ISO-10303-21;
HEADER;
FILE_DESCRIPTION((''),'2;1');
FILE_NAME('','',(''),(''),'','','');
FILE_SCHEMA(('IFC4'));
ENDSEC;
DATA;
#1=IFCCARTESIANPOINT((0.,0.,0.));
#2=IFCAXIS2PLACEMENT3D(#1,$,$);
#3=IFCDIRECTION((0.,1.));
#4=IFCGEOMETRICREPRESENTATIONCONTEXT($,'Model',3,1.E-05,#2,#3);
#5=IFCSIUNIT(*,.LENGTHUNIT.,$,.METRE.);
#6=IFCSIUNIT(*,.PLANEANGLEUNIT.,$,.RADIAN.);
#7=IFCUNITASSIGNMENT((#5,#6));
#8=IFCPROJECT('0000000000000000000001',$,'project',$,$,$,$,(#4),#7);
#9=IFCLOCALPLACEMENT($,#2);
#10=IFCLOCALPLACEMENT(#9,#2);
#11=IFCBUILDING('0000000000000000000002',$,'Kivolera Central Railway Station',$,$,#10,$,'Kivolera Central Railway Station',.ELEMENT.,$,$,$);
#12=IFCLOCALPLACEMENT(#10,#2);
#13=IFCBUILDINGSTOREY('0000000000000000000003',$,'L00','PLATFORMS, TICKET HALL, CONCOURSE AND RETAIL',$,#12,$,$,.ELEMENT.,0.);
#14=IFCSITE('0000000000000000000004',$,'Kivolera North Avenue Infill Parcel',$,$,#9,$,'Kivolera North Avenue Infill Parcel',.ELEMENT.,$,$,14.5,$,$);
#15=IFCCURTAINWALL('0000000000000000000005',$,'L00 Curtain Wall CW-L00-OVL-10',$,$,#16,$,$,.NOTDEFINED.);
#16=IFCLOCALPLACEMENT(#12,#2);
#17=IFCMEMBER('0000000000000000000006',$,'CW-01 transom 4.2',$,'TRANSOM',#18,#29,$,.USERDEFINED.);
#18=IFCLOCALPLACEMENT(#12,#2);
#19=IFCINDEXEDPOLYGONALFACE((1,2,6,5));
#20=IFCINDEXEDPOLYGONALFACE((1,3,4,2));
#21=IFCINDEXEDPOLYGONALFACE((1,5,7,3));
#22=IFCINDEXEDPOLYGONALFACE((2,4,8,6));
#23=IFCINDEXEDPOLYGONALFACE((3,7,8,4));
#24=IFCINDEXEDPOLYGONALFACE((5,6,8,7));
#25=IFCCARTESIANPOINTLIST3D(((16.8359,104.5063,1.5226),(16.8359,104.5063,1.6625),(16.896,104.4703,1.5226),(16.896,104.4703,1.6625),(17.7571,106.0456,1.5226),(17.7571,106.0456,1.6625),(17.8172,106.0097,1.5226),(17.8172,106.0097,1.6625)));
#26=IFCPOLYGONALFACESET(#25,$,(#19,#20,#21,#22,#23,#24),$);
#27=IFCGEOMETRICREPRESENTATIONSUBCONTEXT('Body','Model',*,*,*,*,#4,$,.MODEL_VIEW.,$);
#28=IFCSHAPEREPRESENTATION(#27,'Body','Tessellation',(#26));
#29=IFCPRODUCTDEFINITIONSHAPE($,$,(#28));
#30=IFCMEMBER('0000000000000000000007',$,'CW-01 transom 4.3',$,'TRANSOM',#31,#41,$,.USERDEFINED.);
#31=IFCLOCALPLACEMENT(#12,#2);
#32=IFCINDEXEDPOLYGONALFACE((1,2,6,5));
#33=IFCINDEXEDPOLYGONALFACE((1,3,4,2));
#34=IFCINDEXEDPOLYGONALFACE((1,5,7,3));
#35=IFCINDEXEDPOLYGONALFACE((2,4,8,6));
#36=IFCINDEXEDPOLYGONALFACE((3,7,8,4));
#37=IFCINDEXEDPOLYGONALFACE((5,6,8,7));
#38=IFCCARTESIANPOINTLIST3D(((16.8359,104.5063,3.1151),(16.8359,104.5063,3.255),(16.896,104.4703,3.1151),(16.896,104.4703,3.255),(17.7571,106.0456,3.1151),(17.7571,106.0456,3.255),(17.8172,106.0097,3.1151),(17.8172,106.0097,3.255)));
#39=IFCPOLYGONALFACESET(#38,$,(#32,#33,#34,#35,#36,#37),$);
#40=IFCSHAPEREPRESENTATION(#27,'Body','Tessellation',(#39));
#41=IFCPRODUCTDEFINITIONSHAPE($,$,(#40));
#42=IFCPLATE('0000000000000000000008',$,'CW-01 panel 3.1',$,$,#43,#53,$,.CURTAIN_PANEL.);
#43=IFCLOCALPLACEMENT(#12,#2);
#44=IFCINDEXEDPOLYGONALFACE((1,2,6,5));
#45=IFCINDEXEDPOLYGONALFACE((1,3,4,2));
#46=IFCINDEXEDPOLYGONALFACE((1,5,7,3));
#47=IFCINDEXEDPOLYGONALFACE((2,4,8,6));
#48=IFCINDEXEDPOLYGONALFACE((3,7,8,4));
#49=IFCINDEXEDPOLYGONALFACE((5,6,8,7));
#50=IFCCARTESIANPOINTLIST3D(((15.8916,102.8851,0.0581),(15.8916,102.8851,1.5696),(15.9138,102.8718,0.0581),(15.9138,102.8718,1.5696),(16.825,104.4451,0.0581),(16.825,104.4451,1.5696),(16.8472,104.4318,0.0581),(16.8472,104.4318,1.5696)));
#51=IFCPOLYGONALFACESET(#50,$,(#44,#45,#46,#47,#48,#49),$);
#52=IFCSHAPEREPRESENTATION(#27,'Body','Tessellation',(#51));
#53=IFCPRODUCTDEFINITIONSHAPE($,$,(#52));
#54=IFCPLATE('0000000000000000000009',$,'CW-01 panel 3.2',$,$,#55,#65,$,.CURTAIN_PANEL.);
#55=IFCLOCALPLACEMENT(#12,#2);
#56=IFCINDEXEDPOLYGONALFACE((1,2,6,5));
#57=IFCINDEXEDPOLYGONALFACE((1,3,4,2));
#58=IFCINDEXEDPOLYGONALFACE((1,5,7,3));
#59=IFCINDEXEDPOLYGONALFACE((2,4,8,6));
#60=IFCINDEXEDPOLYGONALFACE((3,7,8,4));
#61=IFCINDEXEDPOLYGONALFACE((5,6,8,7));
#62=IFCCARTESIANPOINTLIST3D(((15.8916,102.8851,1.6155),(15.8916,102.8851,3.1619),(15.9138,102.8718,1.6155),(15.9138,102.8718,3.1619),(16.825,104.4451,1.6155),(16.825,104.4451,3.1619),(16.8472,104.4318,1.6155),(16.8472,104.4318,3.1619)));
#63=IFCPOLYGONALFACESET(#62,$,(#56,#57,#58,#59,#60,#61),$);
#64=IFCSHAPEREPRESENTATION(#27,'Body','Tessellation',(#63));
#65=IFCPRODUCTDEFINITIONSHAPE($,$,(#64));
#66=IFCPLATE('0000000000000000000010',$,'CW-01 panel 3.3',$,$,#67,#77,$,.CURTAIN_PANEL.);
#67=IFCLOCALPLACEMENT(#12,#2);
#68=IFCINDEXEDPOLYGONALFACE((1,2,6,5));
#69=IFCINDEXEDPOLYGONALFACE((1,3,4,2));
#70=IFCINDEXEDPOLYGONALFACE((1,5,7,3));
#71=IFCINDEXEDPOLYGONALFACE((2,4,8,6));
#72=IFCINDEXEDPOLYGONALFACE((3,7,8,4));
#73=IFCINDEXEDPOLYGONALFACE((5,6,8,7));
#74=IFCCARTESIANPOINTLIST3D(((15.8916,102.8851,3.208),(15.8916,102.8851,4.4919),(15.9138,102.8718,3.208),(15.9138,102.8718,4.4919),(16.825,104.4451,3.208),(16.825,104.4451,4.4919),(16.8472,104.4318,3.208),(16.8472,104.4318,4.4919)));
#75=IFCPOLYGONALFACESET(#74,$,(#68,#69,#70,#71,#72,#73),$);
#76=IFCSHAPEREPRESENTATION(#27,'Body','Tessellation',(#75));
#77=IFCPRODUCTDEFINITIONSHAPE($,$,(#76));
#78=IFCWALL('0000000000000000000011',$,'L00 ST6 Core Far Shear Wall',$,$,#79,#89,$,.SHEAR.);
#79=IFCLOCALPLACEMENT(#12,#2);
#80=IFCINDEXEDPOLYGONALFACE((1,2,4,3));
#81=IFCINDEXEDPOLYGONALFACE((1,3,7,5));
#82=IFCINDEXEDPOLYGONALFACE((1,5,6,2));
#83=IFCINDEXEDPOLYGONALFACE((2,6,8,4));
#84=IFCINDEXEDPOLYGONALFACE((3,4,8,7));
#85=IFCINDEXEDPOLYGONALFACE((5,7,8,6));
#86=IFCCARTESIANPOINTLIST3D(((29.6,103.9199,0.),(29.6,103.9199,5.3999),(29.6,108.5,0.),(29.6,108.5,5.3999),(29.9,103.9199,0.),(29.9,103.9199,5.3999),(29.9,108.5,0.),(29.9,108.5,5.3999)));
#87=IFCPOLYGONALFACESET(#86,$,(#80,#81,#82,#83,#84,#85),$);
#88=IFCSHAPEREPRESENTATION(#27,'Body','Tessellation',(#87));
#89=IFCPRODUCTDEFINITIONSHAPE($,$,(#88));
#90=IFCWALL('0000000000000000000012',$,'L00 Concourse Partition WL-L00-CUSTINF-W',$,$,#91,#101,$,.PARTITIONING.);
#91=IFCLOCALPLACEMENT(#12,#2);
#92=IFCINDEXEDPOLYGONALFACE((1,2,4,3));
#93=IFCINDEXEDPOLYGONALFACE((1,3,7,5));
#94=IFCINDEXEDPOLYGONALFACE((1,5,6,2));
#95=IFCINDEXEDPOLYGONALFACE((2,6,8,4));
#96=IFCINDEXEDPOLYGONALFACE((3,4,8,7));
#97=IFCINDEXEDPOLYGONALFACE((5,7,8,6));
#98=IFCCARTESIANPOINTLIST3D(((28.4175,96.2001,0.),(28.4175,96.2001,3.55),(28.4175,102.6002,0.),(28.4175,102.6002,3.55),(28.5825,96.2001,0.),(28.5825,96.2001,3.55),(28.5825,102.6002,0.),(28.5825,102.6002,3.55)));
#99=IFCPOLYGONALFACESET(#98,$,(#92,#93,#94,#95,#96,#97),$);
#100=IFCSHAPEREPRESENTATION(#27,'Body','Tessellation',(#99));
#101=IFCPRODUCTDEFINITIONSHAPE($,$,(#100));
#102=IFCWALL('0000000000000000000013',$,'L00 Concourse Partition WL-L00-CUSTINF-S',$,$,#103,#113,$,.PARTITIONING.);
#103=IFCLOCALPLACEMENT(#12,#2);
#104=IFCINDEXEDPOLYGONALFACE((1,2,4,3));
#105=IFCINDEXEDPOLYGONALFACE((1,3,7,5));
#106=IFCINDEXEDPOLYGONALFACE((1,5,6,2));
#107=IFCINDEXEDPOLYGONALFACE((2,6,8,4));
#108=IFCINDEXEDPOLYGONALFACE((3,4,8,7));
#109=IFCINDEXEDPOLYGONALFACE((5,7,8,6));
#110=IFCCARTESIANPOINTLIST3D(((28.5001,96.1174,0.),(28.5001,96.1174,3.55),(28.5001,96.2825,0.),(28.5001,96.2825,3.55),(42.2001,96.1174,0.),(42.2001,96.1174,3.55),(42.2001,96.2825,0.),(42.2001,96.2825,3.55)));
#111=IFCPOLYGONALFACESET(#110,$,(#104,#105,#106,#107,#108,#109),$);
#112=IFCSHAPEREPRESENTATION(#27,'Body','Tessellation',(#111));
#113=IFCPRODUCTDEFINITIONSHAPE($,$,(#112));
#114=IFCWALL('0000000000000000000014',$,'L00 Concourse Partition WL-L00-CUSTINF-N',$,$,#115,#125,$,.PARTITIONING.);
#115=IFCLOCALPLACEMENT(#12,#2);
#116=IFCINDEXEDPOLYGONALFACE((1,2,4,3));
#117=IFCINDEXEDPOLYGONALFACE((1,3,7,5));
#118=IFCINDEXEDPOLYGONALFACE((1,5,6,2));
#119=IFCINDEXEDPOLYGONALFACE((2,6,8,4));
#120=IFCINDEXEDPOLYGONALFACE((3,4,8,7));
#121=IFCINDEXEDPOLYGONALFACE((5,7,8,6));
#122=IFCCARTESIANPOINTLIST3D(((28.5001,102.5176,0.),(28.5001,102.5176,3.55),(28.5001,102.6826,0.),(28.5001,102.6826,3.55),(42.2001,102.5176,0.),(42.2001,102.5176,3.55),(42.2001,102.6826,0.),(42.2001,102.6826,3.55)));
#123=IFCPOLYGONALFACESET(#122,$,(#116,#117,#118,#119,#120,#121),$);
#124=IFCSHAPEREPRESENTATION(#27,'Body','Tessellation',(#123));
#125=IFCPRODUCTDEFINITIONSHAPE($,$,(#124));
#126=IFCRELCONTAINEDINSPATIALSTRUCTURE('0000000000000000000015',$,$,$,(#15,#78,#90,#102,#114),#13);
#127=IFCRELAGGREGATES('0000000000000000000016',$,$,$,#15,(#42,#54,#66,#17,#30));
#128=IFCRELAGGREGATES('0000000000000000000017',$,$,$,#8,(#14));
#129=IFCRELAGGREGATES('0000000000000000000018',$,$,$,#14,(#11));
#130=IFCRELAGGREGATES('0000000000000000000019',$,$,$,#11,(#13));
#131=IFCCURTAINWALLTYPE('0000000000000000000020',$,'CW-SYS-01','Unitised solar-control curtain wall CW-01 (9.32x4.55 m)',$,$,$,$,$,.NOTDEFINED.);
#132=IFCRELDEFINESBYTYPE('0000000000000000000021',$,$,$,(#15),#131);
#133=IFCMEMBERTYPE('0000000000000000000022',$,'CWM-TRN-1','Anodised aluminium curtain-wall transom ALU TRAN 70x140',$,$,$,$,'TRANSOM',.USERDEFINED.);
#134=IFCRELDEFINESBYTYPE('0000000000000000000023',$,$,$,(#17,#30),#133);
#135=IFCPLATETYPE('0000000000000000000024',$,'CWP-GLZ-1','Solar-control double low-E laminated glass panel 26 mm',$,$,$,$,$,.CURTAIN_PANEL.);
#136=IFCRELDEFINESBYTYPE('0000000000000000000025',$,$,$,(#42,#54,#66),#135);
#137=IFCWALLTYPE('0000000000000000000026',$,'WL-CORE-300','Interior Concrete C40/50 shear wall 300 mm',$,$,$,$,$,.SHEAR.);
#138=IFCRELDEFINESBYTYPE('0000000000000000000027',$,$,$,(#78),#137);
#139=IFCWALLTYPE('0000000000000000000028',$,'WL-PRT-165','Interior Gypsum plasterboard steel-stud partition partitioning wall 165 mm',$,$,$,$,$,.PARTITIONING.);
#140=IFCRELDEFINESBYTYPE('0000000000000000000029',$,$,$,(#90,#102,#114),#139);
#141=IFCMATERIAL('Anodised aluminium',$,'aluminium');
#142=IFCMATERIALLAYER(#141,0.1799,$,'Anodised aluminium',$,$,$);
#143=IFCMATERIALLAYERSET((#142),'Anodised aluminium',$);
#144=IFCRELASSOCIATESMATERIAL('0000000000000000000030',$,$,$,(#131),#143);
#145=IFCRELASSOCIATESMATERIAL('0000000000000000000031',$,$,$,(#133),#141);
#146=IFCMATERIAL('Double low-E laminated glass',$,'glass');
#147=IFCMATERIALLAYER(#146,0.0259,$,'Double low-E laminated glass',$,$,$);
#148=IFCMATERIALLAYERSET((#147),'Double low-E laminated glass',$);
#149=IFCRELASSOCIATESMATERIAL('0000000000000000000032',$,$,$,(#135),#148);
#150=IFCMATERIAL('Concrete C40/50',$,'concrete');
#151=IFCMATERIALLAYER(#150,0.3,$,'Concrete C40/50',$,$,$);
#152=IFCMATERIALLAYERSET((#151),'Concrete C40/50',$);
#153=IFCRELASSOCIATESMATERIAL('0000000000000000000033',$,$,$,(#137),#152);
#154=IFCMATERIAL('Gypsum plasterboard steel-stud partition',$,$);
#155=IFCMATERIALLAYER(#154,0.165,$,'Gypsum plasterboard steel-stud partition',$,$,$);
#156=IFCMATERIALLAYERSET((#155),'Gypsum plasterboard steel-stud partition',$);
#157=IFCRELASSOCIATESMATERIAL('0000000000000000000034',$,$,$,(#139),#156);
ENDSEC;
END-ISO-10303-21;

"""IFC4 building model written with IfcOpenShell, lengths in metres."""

from ifc_helpers import new_model, si_unit, direction, frame, frame_2d, origin, origin_2d, place, context, subcontext, project, spatial, rectangle, extrude, material, layer, layer_set, material_profile, profile_set, type_object, element, aggregate, save


model = new_model("IFC4")

# Units and contexts
model_context = context("Model", 3, precision=1e-05, world=origin(), true_north=direction((0.0, 1.0)))
body_context = subcontext(model_context, "Body", "Model", "MODEL_VIEW")
ifc_project = project(units=[si_unit("LENGTHUNIT", "METRE"), si_unit("PLANEANGLEUNIT", "RADIAN")], contexts=[model_context])

# Site, building, storey
site_placement = place(None, origin())
site = spatial("IfcSite", under=ifc_project, at=site_placement, Name="Kivolera North Avenue Infill Parcel", LongName="Kivolera North Avenue Infill Parcel", CompositionType="ELEMENT", RefElevation=14.5)
building_placement = place(site_placement, origin())
building = spatial("IfcBuilding", under=site, at=building_placement, Name="Kivolera Central Railway Station", LongName="Kivolera Central Railway Station", CompositionType="ELEMENT")
storey_placement = place(building_placement, origin())
storey = spatial("IfcBuildingStorey", under=building, at=storey_placement, Name="L00", Description="PLATFORMS, TICKET HALL, CONCOURSE AND RETAIL", CompositionType="ELEMENT", Elevation=0.0)

# Shared definitions
ifc_material_1 = material(Name="Concrete C40/50", Category="concrete")

# Curtain wall, members, plates
ifc_material_2 = material(Name="Anodised aluminium", Category="aluminium")
ifc_layer_1 = layer(ifc_material_2, 0.1799, Name="Anodised aluminium")
ifc_layer_set_1 = layer_set([ifc_layer_1], Name="Anodised aluminium")
curtain_wall_type = type_object("IfcCurtainWallType", Name="CW-SYS-01", Description="Unitised solar-control curtain wall CW-01 (9.32x4.55 m)", PredefinedType="NOTDEFINED", material=ifc_layer_set_1)
curtain_wall_placement = place(storey_placement, origin())
curtain_wall = element("IfcCurtainWall", 1, at=curtain_wall_placement, inside=storey, type_object=curtain_wall_type, Name="L00 Curtain Wall CW-L00-OVL-10", PredefinedType="NOTDEFINED")
ifc_material_profile_1 = material_profile(ifc_material_2, rectangle(XDim=0.0701, YDim=0.1399, at=origin_2d()), Name="ALU TRAN 70x140")
ifc_profile_set_1 = profile_set([ifc_material_profile_1], Name="Anodised aluminium")
member_type_1 = type_object("IfcMemberType", Name="CWM-TRN-1", Description="Anodised aluminium curtain-wall transom ALU TRAN 70x140", ElementType="TRANSOM", PredefinedType="USERDEFINED", material=ifc_profile_set_1)
member_1_placement = place(storey_placement, frame((16.866, 104.4883, 1.5925), z_axis=(0.513495, 0.858093, 0.0), x_axis=(-0.858093, 0.513495, 0.0)))
member_1 = element("IfcMember", 2, at=member_1_placement, type_object=member_type_1, Name="CW-01 transom 4.2", ObjectType="TRANSOM", PredefinedType="USERDEFINED", context=body_context, shape_type="SweptSolid", body=[
    extrude(rectangle(XDim=0.0701, YDim=0.1399, at=origin_2d()), origin(), (0.0, 0.0, 1.0), 1.7939),
])
member_2_placement = place(storey_placement, frame((16.866, 104.4883, 3.1851), z_axis=(0.513495, 0.858093, 0.0), x_axis=(-0.858093, 0.513495, 0.0)))
member_2 = element("IfcMember", 3, at=member_2_placement, type_object=member_type_1, Name="CW-01 transom 4.3", ObjectType="TRANSOM", PredefinedType="USERDEFINED", context=body_context, shape_type="SweptSolid", body=[
    extrude(rectangle(XDim=0.0701, YDim=0.1399, at=origin_2d()), origin(), (0.0, 0.0, 1.0), 1.7939),
])
ifc_material_3 = material(Name="Double low-E laminated glass", Category="glass")
ifc_layer_2 = layer(ifc_material_3, 0.0259, Name="Double low-E laminated glass")
ifc_layer_set_2 = layer_set([ifc_layer_2], Name="Double low-E laminated glass")
plate_type = type_object("IfcPlateType", Name="CWP-GLZ-1", Description="Solar-control double low-E laminated glass panel 26 mm", PredefinedType="CURTAIN_PANEL", material=ifc_layer_set_2)
plate_1_placement = place(storey_placement, frame((16.3694, 103.6584, 0.0581), z_axis=(0.0, 0.0, 1.0), x_axis=(0.513454, 0.858117, 0.0)))
plate_1 = element("IfcPlate", 4, at=plate_1_placement, type_object=plate_type, Name="CW-01 panel 3.1", PredefinedType="CURTAIN_PANEL", context=body_context, shape_type="SweptSolid", body=[
    extrude(rectangle(XDim=1.8179, YDim=0.0259, at=origin_2d()), origin(), (0.0, 0.0, 1.0), 1.5115),
])
plate_2_placement = place(storey_placement, frame((16.3694, 103.6584, 1.6155), z_axis=(0.0, 0.0, 1.0), x_axis=(0.513454, 0.858117, 0.0)))
plate_2 = element("IfcPlate", 5, at=plate_2_placement, type_object=plate_type, Name="CW-01 panel 3.2", PredefinedType="CURTAIN_PANEL", context=body_context, shape_type="SweptSolid", body=[
    extrude(rectangle(XDim=1.8179, YDim=0.0259, at=origin_2d()), origin(), (0.0, 0.0, 1.0), 1.5464),
])
plate_3_placement = place(storey_placement, frame((16.3694, 103.6584, 3.208), z_axis=(0.0, 0.0, 1.0), x_axis=(0.513454, 0.858117, 0.0)))
plate_3 = element("IfcPlate", 6, at=plate_3_placement, type_object=plate_type, Name="CW-01 panel 3.3", PredefinedType="CURTAIN_PANEL", context=body_context, shape_type="SweptSolid", body=[
    extrude(rectangle(XDim=1.8179, YDim=0.0259, at=origin_2d()), origin(), (0.0, 0.0, 1.0), 1.2839),
])
aggregate(curtain_wall, [plate_1, plate_2, plate_3, member_1, member_2])

# Walls
ifc_layer_3 = layer(ifc_material_1, 0.3, Name="Concrete C40/50")
ifc_layer_set_3 = layer_set([ifc_layer_3], Name="Concrete C40/50")
wall_type_1 = type_object("IfcWallType", Name="WL-CORE-300", Description="Interior Concrete C40/50 shear wall 300 mm", PredefinedType="SHEAR", material=ifc_layer_set_3)
wall_1_placement = place(storey_placement, frame((29.75, 103.9199, 0.0), z_axis=(0.0, 0.0, 1.0), x_axis=(0.0, 1.0, 0.0)))
element("IfcWall", 7, at=wall_1_placement, inside=storey, type_object=wall_type_1, Name="L00 ST6 Core Far Shear Wall", PredefinedType="SHEAR", context=body_context, shape_type="SweptSolid", body=[
    extrude(rectangle(XDim=4.5801, YDim=0.3, at=frame_2d((2.29, 0.0))), origin(), (0.0, 0.0, 1.0), 5.3999),
])
ifc_material_4 = material(Name="Gypsum plasterboard steel-stud partition")
ifc_layer_4 = layer(ifc_material_4, 0.165, Name="Gypsum plasterboard steel-stud partition")
ifc_layer_set_4 = layer_set([ifc_layer_4], Name="Gypsum plasterboard steel-stud partition")
wall_type_2 = type_object("IfcWallType", Name="WL-PRT-165", Description="Interior Gypsum plasterboard steel-stud partition partitioning wall 165 mm", PredefinedType="PARTITIONING", material=ifc_layer_set_4)
wall_2_placement = place(storey_placement, frame((28.5, 96.2, 0.0), z_axis=(0.0, 0.0, 1.0), x_axis=(0.0, 1.0, 0.0)))
element("IfcWall", 8, at=wall_2_placement, inside=storey, type_object=wall_type_2, Name="L00 Concourse Partition WL-L00-CUSTINF-W", PredefinedType="PARTITIONING", context=body_context, shape_type="SweptSolid", body=[
    extrude(rectangle(XDim=6.4001, YDim=0.165, at=frame_2d((3.2002, 0.0))), origin(), (0.0, 0.0, 1.0), 3.55),
])
for number, where, z_axis, x_axis, name in (
    (9, (28.5, 96.2, 0.0), (0.0, 0.0, 1.0), (1.0, 0.0, 0.0), "L00 Concourse Partition WL-L00-CUSTINF-S"),
    (10, (28.5, 102.6001, 0.0), (0.0, 0.0, 1.0), (1.0, 0.0, 0.0), "L00 Concourse Partition WL-L00-CUSTINF-N"),
):
    element("IfcWall", number, at=place(storey_placement, frame(where, z_axis=z_axis, x_axis=x_axis)), inside=storey, type_object=wall_type_2, Name=name, PredefinedType="PARTITIONING", context=body_context, shape_type="SweptSolid", body=[
        extrude(rectangle(XDim=13.7, YDim=0.165, at=frame_2d((6.8501, 0.0))), origin(), (0.0, 0.0, 1.0), 3.55),
    ])

save(model, "model.ifc")
